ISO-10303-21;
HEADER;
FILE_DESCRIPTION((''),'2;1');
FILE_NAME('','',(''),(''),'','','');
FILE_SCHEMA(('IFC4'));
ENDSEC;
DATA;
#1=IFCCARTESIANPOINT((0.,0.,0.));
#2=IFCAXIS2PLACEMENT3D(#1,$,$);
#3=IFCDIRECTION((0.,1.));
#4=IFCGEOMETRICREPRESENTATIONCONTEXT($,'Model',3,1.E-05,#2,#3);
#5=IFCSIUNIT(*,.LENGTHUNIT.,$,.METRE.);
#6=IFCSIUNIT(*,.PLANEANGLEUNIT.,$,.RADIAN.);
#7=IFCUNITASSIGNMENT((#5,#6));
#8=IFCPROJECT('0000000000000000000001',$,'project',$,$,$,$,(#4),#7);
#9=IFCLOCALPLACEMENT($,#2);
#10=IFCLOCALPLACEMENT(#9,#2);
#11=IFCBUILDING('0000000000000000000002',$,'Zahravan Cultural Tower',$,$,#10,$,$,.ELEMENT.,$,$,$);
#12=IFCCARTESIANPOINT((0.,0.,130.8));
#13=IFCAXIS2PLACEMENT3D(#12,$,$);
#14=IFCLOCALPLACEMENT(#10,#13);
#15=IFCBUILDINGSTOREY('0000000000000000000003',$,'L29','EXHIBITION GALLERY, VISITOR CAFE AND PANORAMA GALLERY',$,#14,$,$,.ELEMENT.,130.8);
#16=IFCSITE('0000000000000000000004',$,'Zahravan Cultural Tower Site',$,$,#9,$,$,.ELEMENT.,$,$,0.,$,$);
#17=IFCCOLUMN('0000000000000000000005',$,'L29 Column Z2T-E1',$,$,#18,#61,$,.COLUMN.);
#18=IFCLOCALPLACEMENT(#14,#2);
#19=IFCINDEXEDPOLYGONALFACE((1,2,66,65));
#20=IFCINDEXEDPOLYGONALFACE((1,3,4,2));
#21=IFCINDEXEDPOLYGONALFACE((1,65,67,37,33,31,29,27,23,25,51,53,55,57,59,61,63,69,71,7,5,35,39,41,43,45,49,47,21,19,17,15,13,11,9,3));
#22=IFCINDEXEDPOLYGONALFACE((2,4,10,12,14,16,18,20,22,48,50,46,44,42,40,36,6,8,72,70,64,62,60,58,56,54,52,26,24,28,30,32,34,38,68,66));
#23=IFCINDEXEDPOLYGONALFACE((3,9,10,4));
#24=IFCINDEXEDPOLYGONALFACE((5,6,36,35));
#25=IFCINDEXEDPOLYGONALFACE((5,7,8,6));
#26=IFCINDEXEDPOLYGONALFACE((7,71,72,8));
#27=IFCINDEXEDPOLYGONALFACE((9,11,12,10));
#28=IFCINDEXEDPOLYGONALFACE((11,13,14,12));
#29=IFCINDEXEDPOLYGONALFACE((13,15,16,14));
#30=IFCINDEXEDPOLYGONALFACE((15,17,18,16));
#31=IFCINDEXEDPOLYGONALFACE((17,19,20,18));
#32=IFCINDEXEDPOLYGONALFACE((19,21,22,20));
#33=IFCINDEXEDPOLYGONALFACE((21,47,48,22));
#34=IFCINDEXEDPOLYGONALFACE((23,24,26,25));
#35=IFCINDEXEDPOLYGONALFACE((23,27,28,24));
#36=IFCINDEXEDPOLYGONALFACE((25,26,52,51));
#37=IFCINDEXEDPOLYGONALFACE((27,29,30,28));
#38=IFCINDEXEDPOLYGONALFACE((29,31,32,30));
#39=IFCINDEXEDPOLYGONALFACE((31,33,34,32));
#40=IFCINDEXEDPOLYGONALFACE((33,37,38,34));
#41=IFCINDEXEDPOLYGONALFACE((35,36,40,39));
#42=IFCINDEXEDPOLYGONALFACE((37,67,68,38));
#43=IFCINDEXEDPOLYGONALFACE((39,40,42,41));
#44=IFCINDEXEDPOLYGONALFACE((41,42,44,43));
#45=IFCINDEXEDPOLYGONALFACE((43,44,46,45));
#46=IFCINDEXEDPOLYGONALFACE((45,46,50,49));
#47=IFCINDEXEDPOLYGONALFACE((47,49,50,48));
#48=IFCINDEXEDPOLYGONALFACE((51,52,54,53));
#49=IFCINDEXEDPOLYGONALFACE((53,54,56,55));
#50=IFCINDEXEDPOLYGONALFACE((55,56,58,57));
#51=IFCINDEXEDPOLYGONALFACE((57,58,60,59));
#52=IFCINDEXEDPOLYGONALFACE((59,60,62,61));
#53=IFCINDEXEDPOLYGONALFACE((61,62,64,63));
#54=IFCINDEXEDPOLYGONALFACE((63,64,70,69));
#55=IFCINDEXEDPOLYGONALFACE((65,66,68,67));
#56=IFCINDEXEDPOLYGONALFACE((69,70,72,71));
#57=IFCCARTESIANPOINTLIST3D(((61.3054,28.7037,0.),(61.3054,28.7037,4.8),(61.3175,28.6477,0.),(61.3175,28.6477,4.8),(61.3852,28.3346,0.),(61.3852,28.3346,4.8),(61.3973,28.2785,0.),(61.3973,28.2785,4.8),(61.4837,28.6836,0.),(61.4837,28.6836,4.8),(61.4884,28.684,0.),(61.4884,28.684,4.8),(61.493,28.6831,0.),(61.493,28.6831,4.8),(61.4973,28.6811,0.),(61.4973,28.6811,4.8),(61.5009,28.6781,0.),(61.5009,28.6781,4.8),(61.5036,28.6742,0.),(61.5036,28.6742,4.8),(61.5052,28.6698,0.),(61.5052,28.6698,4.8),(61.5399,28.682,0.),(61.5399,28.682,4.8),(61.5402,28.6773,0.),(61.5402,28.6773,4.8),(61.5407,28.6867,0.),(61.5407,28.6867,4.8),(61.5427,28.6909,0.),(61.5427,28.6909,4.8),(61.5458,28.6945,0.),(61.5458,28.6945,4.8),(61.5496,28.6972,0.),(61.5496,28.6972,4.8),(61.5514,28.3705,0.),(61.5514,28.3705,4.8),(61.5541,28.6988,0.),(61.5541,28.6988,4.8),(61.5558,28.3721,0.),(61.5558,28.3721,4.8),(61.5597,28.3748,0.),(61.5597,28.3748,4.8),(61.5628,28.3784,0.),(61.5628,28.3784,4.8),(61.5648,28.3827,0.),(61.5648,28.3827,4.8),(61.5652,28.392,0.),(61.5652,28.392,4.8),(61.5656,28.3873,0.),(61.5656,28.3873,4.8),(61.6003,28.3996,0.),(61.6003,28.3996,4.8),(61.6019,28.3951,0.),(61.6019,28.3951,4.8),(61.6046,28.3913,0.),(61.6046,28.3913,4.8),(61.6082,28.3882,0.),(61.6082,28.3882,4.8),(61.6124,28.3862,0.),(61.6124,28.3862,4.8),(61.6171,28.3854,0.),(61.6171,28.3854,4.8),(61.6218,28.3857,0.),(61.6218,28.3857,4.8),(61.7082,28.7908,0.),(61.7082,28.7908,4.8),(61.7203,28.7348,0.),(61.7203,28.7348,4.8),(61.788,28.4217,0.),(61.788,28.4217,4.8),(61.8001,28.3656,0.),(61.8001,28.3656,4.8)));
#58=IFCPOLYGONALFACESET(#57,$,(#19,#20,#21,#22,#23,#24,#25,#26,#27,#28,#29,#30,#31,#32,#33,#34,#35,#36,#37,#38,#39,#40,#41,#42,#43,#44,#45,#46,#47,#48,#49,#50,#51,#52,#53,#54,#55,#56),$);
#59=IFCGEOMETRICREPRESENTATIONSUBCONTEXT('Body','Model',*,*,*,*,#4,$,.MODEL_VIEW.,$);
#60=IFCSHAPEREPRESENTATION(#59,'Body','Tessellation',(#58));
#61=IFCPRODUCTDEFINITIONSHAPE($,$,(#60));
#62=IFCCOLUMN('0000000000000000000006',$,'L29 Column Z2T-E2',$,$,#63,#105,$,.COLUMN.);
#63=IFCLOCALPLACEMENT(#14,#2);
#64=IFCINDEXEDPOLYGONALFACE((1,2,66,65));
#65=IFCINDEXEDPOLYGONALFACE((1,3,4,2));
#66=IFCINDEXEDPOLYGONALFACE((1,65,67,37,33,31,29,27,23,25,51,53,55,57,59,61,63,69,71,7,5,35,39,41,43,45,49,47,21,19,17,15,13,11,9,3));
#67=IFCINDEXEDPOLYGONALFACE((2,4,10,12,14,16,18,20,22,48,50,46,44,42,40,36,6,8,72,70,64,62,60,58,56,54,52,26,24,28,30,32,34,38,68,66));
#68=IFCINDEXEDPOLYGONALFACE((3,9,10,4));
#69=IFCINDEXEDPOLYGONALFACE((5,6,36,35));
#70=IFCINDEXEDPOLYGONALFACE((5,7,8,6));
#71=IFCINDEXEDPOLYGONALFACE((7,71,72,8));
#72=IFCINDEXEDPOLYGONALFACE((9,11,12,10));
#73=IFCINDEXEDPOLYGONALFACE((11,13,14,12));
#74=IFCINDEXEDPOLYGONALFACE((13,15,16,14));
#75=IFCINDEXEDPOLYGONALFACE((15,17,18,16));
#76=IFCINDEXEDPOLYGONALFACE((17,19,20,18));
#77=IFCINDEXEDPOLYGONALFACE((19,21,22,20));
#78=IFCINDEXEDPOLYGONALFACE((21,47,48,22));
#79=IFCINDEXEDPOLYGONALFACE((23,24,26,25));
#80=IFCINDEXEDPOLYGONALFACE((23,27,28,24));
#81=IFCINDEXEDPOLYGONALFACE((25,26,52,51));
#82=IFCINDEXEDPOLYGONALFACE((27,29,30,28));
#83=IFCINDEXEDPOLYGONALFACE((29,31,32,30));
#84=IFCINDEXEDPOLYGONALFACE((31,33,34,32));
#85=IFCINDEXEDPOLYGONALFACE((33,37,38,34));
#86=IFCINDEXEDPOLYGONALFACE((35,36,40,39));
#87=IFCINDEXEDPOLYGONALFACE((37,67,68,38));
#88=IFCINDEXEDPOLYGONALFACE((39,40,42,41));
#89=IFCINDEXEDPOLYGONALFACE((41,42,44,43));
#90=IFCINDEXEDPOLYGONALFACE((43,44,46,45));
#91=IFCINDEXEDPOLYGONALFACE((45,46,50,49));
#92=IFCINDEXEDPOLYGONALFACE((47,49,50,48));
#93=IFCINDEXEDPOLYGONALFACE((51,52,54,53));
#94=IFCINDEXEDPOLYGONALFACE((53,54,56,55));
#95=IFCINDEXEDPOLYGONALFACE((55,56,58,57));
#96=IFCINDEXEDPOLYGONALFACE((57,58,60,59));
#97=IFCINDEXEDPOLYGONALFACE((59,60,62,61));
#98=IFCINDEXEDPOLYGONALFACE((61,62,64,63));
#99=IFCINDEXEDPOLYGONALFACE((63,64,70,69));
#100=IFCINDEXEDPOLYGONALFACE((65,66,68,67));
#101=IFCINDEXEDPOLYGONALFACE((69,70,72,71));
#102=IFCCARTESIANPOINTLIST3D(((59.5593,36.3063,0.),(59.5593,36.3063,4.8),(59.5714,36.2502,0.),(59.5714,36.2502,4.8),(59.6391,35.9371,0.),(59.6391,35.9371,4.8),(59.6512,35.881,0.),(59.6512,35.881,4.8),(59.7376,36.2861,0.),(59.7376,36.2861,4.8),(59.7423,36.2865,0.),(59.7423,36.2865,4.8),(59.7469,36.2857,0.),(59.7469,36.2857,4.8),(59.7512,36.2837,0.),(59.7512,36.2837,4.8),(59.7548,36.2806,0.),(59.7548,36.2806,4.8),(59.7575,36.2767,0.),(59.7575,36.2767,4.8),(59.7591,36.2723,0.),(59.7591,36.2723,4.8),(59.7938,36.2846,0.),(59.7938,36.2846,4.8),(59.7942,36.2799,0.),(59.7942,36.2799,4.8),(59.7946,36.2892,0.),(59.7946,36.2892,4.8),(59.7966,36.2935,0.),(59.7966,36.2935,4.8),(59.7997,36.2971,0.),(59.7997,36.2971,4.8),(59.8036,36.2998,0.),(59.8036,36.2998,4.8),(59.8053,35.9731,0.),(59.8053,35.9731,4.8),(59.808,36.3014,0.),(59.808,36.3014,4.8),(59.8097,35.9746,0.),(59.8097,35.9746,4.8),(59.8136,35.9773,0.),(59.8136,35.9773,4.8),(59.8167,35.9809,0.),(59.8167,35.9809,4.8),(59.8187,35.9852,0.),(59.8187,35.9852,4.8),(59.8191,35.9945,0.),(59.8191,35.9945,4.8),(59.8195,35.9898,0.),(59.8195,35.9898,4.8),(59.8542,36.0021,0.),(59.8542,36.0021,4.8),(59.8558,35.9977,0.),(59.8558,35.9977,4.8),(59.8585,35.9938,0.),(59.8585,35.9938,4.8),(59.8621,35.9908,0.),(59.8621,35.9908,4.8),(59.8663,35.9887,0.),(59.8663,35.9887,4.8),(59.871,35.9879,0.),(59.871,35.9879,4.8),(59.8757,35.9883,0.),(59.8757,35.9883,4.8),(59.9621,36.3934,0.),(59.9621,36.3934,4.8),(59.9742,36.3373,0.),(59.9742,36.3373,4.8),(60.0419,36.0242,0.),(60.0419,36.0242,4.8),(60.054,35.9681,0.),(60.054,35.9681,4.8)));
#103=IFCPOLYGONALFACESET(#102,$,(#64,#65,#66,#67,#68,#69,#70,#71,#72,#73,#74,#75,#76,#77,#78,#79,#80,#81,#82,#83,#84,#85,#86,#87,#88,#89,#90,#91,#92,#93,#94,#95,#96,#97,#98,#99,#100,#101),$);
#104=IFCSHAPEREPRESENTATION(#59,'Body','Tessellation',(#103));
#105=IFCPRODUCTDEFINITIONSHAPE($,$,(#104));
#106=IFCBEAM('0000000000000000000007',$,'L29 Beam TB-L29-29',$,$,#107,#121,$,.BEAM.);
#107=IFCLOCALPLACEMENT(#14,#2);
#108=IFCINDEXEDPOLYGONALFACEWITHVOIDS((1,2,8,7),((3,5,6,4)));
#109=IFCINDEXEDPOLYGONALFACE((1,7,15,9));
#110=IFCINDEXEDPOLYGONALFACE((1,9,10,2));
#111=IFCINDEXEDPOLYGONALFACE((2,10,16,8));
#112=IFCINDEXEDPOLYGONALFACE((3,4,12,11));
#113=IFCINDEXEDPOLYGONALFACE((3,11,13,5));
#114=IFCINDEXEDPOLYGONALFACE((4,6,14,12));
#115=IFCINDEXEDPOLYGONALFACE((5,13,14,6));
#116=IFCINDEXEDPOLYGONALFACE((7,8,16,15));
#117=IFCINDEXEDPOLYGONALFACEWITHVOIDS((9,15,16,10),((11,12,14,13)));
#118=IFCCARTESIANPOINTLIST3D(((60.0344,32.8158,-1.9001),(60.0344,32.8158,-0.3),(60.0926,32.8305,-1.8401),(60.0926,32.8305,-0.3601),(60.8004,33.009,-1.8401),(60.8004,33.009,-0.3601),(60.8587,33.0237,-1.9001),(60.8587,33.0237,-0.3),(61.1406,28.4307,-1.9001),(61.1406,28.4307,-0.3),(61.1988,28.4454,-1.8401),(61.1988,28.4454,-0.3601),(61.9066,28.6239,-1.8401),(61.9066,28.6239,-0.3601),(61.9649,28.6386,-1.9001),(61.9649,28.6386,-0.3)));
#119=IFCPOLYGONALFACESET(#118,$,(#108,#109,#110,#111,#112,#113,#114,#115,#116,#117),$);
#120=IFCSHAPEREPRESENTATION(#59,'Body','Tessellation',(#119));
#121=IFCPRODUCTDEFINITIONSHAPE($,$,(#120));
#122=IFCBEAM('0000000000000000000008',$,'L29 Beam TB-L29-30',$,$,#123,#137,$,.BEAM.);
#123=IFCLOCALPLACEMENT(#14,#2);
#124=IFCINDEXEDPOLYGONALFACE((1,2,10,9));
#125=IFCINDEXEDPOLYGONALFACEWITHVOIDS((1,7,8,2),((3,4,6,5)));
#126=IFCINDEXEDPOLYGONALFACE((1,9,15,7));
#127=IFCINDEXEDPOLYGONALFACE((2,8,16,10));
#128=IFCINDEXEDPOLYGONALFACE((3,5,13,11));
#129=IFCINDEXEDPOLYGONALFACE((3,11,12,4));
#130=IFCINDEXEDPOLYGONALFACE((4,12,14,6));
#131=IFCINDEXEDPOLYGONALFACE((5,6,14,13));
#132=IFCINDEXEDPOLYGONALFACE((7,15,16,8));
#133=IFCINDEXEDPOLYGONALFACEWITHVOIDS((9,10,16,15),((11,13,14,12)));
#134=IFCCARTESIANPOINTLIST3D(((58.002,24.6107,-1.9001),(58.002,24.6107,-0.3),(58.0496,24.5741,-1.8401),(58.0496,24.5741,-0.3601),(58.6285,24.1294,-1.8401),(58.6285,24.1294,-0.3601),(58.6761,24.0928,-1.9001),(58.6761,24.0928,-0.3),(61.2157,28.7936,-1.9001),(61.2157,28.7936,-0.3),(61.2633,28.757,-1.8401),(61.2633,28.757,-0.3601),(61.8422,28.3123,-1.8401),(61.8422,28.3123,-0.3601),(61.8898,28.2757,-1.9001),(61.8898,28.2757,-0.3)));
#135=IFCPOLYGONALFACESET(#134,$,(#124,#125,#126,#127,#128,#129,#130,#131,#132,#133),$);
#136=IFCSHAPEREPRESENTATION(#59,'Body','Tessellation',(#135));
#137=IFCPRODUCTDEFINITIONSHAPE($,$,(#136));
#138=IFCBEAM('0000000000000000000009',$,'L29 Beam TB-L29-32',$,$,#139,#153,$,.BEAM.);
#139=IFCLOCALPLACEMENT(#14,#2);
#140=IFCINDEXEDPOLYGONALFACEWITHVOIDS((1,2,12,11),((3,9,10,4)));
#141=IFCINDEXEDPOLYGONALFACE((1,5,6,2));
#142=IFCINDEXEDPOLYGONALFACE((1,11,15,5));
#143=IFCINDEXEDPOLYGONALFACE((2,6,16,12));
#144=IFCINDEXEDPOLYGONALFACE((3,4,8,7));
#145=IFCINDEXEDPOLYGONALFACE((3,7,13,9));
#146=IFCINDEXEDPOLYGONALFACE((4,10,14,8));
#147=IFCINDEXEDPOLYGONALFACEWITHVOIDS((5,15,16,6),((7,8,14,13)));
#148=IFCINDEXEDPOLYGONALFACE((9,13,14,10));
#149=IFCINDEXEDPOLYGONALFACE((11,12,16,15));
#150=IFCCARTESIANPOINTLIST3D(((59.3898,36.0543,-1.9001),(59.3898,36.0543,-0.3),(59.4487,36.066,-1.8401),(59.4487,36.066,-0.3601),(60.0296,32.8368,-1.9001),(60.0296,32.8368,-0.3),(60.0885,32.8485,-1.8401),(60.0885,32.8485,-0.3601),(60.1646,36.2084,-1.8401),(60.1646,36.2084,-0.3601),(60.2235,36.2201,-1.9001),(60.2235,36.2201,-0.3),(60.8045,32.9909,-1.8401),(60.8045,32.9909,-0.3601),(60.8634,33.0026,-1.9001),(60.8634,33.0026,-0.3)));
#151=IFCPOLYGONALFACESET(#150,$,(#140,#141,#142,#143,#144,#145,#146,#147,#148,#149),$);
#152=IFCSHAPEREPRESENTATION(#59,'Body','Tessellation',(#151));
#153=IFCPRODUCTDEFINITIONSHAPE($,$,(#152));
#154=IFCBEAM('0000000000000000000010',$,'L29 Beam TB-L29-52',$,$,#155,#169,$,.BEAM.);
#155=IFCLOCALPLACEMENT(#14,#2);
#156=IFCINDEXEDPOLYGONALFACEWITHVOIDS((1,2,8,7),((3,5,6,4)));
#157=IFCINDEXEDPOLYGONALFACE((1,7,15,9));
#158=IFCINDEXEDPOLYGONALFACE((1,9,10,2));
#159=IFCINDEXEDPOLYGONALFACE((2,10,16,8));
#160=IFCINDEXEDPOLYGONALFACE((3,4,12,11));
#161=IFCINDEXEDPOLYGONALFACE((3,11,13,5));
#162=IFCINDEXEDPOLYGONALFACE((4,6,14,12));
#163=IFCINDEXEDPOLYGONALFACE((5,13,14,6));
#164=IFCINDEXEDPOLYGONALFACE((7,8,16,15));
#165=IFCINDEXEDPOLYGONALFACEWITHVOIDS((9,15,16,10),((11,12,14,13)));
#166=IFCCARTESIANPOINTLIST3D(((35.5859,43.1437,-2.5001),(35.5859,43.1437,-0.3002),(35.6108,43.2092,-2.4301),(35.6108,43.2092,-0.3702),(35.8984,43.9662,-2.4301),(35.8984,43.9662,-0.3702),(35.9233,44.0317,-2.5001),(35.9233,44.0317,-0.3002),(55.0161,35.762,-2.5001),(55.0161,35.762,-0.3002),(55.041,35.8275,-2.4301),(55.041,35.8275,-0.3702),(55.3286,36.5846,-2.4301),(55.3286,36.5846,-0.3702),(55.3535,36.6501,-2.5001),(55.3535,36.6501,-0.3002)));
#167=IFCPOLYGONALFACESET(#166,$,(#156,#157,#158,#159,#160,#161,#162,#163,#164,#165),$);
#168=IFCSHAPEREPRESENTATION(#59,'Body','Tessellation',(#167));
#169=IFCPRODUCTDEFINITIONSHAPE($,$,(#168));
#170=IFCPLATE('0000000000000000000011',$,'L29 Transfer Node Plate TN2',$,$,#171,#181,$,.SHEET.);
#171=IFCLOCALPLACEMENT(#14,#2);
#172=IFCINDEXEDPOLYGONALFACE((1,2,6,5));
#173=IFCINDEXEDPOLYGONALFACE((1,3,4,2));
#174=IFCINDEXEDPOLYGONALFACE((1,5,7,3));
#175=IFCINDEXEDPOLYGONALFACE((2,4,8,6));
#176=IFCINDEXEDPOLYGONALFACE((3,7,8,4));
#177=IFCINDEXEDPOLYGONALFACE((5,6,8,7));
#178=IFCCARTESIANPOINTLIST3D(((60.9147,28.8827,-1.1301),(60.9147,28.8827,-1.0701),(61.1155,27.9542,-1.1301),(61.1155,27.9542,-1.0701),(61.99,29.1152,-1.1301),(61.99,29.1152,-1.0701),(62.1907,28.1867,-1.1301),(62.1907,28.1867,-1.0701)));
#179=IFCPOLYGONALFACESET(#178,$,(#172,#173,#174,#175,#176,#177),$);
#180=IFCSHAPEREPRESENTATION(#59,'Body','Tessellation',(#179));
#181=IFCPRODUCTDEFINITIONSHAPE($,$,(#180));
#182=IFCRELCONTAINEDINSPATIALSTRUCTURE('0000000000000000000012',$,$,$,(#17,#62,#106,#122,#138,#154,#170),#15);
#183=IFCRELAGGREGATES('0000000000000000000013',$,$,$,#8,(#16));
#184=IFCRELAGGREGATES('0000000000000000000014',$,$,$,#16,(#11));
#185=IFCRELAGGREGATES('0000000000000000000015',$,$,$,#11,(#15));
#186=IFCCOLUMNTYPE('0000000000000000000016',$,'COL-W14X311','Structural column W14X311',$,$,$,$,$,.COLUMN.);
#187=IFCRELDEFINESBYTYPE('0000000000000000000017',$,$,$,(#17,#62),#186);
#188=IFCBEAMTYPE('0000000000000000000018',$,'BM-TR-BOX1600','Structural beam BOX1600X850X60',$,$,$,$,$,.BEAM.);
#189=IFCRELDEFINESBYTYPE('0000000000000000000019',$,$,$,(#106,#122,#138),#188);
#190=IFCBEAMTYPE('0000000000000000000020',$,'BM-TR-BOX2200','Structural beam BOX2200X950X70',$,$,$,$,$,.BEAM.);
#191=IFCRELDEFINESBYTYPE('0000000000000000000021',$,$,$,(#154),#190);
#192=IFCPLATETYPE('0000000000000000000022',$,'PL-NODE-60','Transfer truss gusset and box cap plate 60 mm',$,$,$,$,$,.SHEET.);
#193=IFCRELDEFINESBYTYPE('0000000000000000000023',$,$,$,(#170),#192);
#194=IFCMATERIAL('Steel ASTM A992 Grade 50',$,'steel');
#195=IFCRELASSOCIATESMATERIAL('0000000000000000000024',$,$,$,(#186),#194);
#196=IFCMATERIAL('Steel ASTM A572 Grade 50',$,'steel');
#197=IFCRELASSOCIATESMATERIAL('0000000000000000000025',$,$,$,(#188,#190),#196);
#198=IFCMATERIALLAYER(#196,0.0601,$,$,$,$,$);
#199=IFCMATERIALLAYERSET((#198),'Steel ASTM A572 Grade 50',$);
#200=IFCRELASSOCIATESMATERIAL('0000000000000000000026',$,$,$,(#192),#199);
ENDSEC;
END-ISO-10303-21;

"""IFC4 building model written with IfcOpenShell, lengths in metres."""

from ifc_helpers import new_model, si_unit, direction, frame, origin, origin_2d, place, context, subcontext, project, spatial, rectangle, hollow_rectangle, i_section, extrude, source, transform, mapped, material, layer, layer_set, material_profile, profile_set, type_object, element, save


model = new_model("IFC4")

# Units and contexts
model_context = context("Model", 3, precision=1e-05, world=origin(), true_north=direction((0.0, 1.0)))
body_context = subcontext(model_context, "Body", "Model", "MODEL_VIEW")
ifc_project = project(units=[si_unit("LENGTHUNIT", "METRE"), si_unit("PLANEANGLEUNIT", "RADIAN")], contexts=[model_context])

# Site, building, storey
site_placement = place(None, origin())
site = spatial("IfcSite", under=ifc_project, at=site_placement, Name="Zahravan Cultural Tower Site", CompositionType="ELEMENT", RefElevation=0.0)
building_placement = place(site_placement, origin())
building = spatial("IfcBuilding", under=site, at=building_placement, Name="Zahravan Cultural Tower", CompositionType="ELEMENT")
storey_placement = place(building_placement, frame((0.0, 0.0, 130.8)))
storey = spatial("IfcBuildingStorey", under=building, at=storey_placement, Name="L29", Description="EXHIBITION GALLERY, VISITOR CAFE AND PANORAMA GALLERY", CompositionType="ELEMENT", Elevation=130.8)

# Columns
ifc_material_1 = material(Name="Steel ASTM A992 Grade 50", Category="steel")
ifc_material_profile_1 = material_profile(ifc_material_1, i_section(OverallWidth=0.4121, OverallDepth=0.4351, WebThickness=0.0359, FlangeThickness=0.0574, FilletRadius=0.0181, at=origin_2d()), Name="W14X311")
ifc_profile_set_1 = profile_set([ifc_material_profile_1], Name="Steel ASTM A992 Grade 50")
column_type = type_object("IfcColumnType", Name="COL-W14X311", Description="Structural column W14X311", PredefinedType="COLUMN", material=ifc_profile_set_1)
shared_shape_1 = source(origin(), body_context, "Body", "SweptSolid", [
    extrude(i_section(OverallWidth=0.4121, OverallDepth=0.4351, WebThickness=0.0359, FlangeThickness=0.0574, FilletRadius=0.0181, at=origin_2d()), origin(), (0.0, 0.0, 1.0), 4.8),
])
for number, where, z_axis, x_axis, name in (
    (1, (61.5527, 28.5347, 0.0), (0.0, 0.0, 1.0), (0.977416, 0.211325, 0.0), "L29 Column Z2T-E1"),
    (2, (59.8066, 36.1372, 0.0), (0.0, 0.0, 1.0), (0.977416, 0.211325, 0.0), "L29 Column Z2T-E2"),
):
    element("IfcColumn", number, at=place(storey_placement, frame(where, z_axis=z_axis, x_axis=x_axis)), inside=storey, type_object=column_type, Name=name, PredefinedType="COLUMN", context=body_context, shape_type="MappedRepresentation", body=[
        mapped(shared_shape_1, transform((0.0, 0.0, 0.0), x_axis=(1.0, 0.0, 0.0), y_axis=(0.0, 1.0, 0.0), z_axis=(0.0, 0.0, 1.0), scale=1.0)),
    ])

# Beams
ifc_material_2 = material(Name="Steel ASTM A572 Grade 50", Category="steel")
ifc_material_profile_2 = material_profile(ifc_material_2, hollow_rectangle(XDim=0.8501, YDim=1.6001, WallThickness=0.0601, at=origin_2d()), Name="BOX1600X850X60")
ifc_profile_set_2 = profile_set([ifc_material_profile_2], Name="Steel ASTM A572 Grade 50")
beam_type_1 = type_object("IfcBeamType", Name="BM-TR-BOX1600", Description="Structural beam BOX1600X850X60", PredefinedType="BEAM", material=ifc_profile_set_2)
shared_shape_2 = source(origin(), body_context, "Body", "SweptSolid", [
    extrude(hollow_rectangle(XDim=0.8501, YDim=1.6001, WallThickness=0.0601, at=origin_2d()), origin(), (0.0, 0.0, 1.0), 4.5225),
])
beam_1_placement = place(storey_placement, frame((61.5527, 28.5347, -1.1001), z_axis=(-0.244606, 0.969623, 0.0), x_axis=(-0.969623, -0.244606, 0.0)))
element("IfcBeam", 3, at=beam_1_placement, inside=storey, type_object=beam_type_1, Name="L29 Beam TB-L29-29", PredefinedType="BEAM", context=body_context, shape_type="MappedRepresentation", body=[
    mapped(shared_shape_2, transform((0.0, 0.0, 0.0), x_axis=(1.0, 0.0, 0.0), y_axis=(0.0, 1.0, 0.0), z_axis=(0.0, 0.0, 1.0), scale=1.0)),
])
shared_shape_3 = source(origin(), body_context, "Body", "SweptSolid", [
    extrude(hollow_rectangle(XDim=0.8501, YDim=1.6001, WallThickness=0.0601, at=origin_2d()), origin(), (0.0, 0.0, 1.0), 5.2749),
])
beam_2_placement = place(storey_placement, frame((61.5527, 28.5347, -1.1001), z_axis=(-0.609239, -0.792987, 0.0), x_axis=(0.792987, -0.609239, 0.0)))
element("IfcBeam", 4, at=beam_2_placement, inside=storey, type_object=beam_type_1, Name="L29 Beam TB-L29-30", PredefinedType="BEAM", context=body_context, shape_type="MappedRepresentation", body=[
    mapped(shared_shape_3, transform((0.0, 0.0, 0.0), x_axis=(1.0, 0.0, 0.0), y_axis=(0.0, 1.0, 0.0), z_axis=(0.0, 0.0, 1.0), scale=1.0)),
])
shared_shape_4 = source(origin(), body_context, "Body", "SweptSolid", [
    extrude(hollow_rectangle(XDim=0.8501, YDim=1.6001, WallThickness=0.0601, at=origin_2d()), origin(), (0.0, 0.0, 1.0), 3.2805),
])
beam_3_placement = place(storey_placement, frame((59.8066, 36.1372, -1.1001), z_axis=(0.195057, -0.980792, 0.0), x_axis=(0.980792, 0.195057, 0.0)))
element("IfcBeam", 5, at=beam_3_placement, inside=storey, type_object=beam_type_1, Name="L29 Beam TB-L29-32", PredefinedType="BEAM", context=body_context, shape_type="MappedRepresentation", body=[
    mapped(shared_shape_4, transform((0.0, 0.0, 0.0), x_axis=(1.0, 0.0, 0.0), y_axis=(0.0, 1.0, 0.0), z_axis=(0.0, 0.0, 1.0), scale=1.0)),
])
ifc_material_profile_3 = material_profile(ifc_material_2, hollow_rectangle(XDim=0.95, YDim=2.2, WallThickness=0.0701, at=origin_2d()), Name="BOX2200X950X70")
ifc_profile_set_3 = profile_set([ifc_material_profile_3], Name="Steel ASTM A572 Grade 50")
beam_type_2 = type_object("IfcBeamType", Name="BM-TR-BOX2200", Description="Structural beam BOX2200X950X70", PredefinedType="BEAM", material=ifc_profile_set_3)
shared_shape_5 = source(origin(), body_context, "Body", "SweptSolid", [
    extrude(hollow_rectangle(XDim=0.95, YDim=2.2, WallThickness=0.0701, at=origin_2d()), origin(), (0.0, 0.0, 1.0), 20.7852),
])
beam_4_placement = place(storey_placement, frame((55.1848, 36.2061, -1.4001), z_axis=(-0.934814, 0.355139, 0.0), x_axis=(-0.355139, -0.934814, 0.0)))
element("IfcBeam", 6, at=beam_4_placement, inside=storey, type_object=beam_type_2, Name="L29 Beam TB-L29-52", PredefinedType="BEAM", context=body_context, shape_type="MappedRepresentation", body=[
    mapped(shared_shape_5, transform((0.0, 0.0, 0.0), x_axis=(1.0, 0.0, 0.0), y_axis=(0.0, 1.0, 0.0), z_axis=(0.0, 0.0, 1.0), scale=1.0)),
])

# Plate
ifc_layer_1 = layer(ifc_material_2, 0.0601)
ifc_layer_set_1 = layer_set([ifc_layer_1], Name="Steel ASTM A572 Grade 50")
plate_type = type_object("IfcPlateType", Name="PL-NODE-60", Description="Transfer truss gusset and box cap plate 60 mm", PredefinedType="SHEET", material=ifc_layer_set_1)
shared_shape_6 = source(origin(), body_context, "Body", "SweptSolid", [
    extrude(rectangle(XDim=1.1001, YDim=0.95, at=origin_2d()), origin(), (0.0, 0.0, 1.0), 0.0601),
])
for number, where, z_axis, x_axis, name in (
    (7, (61.5527, 28.5347, -1.1301), (0.0, 0.0, 1.0), (0.977416, 0.211325, 0.0), "L29 Transfer Node Plate TN2"),
):
    element("IfcPlate", number, at=place(storey_placement, frame(where, z_axis=z_axis, x_axis=x_axis)), inside=storey, type_object=plate_type, Name=name, PredefinedType="SHEET", context=body_context, shape_type="MappedRepresentation", body=[
        mapped(shared_shape_6, transform((0.0, 0.0, 0.0), x_axis=(1.0, 0.0, 0.0), y_axis=(0.0, 1.0, 0.0), z_axis=(0.0, 0.0, 1.0), scale=1.0)),
    ])

save(model, "model.ifc")
